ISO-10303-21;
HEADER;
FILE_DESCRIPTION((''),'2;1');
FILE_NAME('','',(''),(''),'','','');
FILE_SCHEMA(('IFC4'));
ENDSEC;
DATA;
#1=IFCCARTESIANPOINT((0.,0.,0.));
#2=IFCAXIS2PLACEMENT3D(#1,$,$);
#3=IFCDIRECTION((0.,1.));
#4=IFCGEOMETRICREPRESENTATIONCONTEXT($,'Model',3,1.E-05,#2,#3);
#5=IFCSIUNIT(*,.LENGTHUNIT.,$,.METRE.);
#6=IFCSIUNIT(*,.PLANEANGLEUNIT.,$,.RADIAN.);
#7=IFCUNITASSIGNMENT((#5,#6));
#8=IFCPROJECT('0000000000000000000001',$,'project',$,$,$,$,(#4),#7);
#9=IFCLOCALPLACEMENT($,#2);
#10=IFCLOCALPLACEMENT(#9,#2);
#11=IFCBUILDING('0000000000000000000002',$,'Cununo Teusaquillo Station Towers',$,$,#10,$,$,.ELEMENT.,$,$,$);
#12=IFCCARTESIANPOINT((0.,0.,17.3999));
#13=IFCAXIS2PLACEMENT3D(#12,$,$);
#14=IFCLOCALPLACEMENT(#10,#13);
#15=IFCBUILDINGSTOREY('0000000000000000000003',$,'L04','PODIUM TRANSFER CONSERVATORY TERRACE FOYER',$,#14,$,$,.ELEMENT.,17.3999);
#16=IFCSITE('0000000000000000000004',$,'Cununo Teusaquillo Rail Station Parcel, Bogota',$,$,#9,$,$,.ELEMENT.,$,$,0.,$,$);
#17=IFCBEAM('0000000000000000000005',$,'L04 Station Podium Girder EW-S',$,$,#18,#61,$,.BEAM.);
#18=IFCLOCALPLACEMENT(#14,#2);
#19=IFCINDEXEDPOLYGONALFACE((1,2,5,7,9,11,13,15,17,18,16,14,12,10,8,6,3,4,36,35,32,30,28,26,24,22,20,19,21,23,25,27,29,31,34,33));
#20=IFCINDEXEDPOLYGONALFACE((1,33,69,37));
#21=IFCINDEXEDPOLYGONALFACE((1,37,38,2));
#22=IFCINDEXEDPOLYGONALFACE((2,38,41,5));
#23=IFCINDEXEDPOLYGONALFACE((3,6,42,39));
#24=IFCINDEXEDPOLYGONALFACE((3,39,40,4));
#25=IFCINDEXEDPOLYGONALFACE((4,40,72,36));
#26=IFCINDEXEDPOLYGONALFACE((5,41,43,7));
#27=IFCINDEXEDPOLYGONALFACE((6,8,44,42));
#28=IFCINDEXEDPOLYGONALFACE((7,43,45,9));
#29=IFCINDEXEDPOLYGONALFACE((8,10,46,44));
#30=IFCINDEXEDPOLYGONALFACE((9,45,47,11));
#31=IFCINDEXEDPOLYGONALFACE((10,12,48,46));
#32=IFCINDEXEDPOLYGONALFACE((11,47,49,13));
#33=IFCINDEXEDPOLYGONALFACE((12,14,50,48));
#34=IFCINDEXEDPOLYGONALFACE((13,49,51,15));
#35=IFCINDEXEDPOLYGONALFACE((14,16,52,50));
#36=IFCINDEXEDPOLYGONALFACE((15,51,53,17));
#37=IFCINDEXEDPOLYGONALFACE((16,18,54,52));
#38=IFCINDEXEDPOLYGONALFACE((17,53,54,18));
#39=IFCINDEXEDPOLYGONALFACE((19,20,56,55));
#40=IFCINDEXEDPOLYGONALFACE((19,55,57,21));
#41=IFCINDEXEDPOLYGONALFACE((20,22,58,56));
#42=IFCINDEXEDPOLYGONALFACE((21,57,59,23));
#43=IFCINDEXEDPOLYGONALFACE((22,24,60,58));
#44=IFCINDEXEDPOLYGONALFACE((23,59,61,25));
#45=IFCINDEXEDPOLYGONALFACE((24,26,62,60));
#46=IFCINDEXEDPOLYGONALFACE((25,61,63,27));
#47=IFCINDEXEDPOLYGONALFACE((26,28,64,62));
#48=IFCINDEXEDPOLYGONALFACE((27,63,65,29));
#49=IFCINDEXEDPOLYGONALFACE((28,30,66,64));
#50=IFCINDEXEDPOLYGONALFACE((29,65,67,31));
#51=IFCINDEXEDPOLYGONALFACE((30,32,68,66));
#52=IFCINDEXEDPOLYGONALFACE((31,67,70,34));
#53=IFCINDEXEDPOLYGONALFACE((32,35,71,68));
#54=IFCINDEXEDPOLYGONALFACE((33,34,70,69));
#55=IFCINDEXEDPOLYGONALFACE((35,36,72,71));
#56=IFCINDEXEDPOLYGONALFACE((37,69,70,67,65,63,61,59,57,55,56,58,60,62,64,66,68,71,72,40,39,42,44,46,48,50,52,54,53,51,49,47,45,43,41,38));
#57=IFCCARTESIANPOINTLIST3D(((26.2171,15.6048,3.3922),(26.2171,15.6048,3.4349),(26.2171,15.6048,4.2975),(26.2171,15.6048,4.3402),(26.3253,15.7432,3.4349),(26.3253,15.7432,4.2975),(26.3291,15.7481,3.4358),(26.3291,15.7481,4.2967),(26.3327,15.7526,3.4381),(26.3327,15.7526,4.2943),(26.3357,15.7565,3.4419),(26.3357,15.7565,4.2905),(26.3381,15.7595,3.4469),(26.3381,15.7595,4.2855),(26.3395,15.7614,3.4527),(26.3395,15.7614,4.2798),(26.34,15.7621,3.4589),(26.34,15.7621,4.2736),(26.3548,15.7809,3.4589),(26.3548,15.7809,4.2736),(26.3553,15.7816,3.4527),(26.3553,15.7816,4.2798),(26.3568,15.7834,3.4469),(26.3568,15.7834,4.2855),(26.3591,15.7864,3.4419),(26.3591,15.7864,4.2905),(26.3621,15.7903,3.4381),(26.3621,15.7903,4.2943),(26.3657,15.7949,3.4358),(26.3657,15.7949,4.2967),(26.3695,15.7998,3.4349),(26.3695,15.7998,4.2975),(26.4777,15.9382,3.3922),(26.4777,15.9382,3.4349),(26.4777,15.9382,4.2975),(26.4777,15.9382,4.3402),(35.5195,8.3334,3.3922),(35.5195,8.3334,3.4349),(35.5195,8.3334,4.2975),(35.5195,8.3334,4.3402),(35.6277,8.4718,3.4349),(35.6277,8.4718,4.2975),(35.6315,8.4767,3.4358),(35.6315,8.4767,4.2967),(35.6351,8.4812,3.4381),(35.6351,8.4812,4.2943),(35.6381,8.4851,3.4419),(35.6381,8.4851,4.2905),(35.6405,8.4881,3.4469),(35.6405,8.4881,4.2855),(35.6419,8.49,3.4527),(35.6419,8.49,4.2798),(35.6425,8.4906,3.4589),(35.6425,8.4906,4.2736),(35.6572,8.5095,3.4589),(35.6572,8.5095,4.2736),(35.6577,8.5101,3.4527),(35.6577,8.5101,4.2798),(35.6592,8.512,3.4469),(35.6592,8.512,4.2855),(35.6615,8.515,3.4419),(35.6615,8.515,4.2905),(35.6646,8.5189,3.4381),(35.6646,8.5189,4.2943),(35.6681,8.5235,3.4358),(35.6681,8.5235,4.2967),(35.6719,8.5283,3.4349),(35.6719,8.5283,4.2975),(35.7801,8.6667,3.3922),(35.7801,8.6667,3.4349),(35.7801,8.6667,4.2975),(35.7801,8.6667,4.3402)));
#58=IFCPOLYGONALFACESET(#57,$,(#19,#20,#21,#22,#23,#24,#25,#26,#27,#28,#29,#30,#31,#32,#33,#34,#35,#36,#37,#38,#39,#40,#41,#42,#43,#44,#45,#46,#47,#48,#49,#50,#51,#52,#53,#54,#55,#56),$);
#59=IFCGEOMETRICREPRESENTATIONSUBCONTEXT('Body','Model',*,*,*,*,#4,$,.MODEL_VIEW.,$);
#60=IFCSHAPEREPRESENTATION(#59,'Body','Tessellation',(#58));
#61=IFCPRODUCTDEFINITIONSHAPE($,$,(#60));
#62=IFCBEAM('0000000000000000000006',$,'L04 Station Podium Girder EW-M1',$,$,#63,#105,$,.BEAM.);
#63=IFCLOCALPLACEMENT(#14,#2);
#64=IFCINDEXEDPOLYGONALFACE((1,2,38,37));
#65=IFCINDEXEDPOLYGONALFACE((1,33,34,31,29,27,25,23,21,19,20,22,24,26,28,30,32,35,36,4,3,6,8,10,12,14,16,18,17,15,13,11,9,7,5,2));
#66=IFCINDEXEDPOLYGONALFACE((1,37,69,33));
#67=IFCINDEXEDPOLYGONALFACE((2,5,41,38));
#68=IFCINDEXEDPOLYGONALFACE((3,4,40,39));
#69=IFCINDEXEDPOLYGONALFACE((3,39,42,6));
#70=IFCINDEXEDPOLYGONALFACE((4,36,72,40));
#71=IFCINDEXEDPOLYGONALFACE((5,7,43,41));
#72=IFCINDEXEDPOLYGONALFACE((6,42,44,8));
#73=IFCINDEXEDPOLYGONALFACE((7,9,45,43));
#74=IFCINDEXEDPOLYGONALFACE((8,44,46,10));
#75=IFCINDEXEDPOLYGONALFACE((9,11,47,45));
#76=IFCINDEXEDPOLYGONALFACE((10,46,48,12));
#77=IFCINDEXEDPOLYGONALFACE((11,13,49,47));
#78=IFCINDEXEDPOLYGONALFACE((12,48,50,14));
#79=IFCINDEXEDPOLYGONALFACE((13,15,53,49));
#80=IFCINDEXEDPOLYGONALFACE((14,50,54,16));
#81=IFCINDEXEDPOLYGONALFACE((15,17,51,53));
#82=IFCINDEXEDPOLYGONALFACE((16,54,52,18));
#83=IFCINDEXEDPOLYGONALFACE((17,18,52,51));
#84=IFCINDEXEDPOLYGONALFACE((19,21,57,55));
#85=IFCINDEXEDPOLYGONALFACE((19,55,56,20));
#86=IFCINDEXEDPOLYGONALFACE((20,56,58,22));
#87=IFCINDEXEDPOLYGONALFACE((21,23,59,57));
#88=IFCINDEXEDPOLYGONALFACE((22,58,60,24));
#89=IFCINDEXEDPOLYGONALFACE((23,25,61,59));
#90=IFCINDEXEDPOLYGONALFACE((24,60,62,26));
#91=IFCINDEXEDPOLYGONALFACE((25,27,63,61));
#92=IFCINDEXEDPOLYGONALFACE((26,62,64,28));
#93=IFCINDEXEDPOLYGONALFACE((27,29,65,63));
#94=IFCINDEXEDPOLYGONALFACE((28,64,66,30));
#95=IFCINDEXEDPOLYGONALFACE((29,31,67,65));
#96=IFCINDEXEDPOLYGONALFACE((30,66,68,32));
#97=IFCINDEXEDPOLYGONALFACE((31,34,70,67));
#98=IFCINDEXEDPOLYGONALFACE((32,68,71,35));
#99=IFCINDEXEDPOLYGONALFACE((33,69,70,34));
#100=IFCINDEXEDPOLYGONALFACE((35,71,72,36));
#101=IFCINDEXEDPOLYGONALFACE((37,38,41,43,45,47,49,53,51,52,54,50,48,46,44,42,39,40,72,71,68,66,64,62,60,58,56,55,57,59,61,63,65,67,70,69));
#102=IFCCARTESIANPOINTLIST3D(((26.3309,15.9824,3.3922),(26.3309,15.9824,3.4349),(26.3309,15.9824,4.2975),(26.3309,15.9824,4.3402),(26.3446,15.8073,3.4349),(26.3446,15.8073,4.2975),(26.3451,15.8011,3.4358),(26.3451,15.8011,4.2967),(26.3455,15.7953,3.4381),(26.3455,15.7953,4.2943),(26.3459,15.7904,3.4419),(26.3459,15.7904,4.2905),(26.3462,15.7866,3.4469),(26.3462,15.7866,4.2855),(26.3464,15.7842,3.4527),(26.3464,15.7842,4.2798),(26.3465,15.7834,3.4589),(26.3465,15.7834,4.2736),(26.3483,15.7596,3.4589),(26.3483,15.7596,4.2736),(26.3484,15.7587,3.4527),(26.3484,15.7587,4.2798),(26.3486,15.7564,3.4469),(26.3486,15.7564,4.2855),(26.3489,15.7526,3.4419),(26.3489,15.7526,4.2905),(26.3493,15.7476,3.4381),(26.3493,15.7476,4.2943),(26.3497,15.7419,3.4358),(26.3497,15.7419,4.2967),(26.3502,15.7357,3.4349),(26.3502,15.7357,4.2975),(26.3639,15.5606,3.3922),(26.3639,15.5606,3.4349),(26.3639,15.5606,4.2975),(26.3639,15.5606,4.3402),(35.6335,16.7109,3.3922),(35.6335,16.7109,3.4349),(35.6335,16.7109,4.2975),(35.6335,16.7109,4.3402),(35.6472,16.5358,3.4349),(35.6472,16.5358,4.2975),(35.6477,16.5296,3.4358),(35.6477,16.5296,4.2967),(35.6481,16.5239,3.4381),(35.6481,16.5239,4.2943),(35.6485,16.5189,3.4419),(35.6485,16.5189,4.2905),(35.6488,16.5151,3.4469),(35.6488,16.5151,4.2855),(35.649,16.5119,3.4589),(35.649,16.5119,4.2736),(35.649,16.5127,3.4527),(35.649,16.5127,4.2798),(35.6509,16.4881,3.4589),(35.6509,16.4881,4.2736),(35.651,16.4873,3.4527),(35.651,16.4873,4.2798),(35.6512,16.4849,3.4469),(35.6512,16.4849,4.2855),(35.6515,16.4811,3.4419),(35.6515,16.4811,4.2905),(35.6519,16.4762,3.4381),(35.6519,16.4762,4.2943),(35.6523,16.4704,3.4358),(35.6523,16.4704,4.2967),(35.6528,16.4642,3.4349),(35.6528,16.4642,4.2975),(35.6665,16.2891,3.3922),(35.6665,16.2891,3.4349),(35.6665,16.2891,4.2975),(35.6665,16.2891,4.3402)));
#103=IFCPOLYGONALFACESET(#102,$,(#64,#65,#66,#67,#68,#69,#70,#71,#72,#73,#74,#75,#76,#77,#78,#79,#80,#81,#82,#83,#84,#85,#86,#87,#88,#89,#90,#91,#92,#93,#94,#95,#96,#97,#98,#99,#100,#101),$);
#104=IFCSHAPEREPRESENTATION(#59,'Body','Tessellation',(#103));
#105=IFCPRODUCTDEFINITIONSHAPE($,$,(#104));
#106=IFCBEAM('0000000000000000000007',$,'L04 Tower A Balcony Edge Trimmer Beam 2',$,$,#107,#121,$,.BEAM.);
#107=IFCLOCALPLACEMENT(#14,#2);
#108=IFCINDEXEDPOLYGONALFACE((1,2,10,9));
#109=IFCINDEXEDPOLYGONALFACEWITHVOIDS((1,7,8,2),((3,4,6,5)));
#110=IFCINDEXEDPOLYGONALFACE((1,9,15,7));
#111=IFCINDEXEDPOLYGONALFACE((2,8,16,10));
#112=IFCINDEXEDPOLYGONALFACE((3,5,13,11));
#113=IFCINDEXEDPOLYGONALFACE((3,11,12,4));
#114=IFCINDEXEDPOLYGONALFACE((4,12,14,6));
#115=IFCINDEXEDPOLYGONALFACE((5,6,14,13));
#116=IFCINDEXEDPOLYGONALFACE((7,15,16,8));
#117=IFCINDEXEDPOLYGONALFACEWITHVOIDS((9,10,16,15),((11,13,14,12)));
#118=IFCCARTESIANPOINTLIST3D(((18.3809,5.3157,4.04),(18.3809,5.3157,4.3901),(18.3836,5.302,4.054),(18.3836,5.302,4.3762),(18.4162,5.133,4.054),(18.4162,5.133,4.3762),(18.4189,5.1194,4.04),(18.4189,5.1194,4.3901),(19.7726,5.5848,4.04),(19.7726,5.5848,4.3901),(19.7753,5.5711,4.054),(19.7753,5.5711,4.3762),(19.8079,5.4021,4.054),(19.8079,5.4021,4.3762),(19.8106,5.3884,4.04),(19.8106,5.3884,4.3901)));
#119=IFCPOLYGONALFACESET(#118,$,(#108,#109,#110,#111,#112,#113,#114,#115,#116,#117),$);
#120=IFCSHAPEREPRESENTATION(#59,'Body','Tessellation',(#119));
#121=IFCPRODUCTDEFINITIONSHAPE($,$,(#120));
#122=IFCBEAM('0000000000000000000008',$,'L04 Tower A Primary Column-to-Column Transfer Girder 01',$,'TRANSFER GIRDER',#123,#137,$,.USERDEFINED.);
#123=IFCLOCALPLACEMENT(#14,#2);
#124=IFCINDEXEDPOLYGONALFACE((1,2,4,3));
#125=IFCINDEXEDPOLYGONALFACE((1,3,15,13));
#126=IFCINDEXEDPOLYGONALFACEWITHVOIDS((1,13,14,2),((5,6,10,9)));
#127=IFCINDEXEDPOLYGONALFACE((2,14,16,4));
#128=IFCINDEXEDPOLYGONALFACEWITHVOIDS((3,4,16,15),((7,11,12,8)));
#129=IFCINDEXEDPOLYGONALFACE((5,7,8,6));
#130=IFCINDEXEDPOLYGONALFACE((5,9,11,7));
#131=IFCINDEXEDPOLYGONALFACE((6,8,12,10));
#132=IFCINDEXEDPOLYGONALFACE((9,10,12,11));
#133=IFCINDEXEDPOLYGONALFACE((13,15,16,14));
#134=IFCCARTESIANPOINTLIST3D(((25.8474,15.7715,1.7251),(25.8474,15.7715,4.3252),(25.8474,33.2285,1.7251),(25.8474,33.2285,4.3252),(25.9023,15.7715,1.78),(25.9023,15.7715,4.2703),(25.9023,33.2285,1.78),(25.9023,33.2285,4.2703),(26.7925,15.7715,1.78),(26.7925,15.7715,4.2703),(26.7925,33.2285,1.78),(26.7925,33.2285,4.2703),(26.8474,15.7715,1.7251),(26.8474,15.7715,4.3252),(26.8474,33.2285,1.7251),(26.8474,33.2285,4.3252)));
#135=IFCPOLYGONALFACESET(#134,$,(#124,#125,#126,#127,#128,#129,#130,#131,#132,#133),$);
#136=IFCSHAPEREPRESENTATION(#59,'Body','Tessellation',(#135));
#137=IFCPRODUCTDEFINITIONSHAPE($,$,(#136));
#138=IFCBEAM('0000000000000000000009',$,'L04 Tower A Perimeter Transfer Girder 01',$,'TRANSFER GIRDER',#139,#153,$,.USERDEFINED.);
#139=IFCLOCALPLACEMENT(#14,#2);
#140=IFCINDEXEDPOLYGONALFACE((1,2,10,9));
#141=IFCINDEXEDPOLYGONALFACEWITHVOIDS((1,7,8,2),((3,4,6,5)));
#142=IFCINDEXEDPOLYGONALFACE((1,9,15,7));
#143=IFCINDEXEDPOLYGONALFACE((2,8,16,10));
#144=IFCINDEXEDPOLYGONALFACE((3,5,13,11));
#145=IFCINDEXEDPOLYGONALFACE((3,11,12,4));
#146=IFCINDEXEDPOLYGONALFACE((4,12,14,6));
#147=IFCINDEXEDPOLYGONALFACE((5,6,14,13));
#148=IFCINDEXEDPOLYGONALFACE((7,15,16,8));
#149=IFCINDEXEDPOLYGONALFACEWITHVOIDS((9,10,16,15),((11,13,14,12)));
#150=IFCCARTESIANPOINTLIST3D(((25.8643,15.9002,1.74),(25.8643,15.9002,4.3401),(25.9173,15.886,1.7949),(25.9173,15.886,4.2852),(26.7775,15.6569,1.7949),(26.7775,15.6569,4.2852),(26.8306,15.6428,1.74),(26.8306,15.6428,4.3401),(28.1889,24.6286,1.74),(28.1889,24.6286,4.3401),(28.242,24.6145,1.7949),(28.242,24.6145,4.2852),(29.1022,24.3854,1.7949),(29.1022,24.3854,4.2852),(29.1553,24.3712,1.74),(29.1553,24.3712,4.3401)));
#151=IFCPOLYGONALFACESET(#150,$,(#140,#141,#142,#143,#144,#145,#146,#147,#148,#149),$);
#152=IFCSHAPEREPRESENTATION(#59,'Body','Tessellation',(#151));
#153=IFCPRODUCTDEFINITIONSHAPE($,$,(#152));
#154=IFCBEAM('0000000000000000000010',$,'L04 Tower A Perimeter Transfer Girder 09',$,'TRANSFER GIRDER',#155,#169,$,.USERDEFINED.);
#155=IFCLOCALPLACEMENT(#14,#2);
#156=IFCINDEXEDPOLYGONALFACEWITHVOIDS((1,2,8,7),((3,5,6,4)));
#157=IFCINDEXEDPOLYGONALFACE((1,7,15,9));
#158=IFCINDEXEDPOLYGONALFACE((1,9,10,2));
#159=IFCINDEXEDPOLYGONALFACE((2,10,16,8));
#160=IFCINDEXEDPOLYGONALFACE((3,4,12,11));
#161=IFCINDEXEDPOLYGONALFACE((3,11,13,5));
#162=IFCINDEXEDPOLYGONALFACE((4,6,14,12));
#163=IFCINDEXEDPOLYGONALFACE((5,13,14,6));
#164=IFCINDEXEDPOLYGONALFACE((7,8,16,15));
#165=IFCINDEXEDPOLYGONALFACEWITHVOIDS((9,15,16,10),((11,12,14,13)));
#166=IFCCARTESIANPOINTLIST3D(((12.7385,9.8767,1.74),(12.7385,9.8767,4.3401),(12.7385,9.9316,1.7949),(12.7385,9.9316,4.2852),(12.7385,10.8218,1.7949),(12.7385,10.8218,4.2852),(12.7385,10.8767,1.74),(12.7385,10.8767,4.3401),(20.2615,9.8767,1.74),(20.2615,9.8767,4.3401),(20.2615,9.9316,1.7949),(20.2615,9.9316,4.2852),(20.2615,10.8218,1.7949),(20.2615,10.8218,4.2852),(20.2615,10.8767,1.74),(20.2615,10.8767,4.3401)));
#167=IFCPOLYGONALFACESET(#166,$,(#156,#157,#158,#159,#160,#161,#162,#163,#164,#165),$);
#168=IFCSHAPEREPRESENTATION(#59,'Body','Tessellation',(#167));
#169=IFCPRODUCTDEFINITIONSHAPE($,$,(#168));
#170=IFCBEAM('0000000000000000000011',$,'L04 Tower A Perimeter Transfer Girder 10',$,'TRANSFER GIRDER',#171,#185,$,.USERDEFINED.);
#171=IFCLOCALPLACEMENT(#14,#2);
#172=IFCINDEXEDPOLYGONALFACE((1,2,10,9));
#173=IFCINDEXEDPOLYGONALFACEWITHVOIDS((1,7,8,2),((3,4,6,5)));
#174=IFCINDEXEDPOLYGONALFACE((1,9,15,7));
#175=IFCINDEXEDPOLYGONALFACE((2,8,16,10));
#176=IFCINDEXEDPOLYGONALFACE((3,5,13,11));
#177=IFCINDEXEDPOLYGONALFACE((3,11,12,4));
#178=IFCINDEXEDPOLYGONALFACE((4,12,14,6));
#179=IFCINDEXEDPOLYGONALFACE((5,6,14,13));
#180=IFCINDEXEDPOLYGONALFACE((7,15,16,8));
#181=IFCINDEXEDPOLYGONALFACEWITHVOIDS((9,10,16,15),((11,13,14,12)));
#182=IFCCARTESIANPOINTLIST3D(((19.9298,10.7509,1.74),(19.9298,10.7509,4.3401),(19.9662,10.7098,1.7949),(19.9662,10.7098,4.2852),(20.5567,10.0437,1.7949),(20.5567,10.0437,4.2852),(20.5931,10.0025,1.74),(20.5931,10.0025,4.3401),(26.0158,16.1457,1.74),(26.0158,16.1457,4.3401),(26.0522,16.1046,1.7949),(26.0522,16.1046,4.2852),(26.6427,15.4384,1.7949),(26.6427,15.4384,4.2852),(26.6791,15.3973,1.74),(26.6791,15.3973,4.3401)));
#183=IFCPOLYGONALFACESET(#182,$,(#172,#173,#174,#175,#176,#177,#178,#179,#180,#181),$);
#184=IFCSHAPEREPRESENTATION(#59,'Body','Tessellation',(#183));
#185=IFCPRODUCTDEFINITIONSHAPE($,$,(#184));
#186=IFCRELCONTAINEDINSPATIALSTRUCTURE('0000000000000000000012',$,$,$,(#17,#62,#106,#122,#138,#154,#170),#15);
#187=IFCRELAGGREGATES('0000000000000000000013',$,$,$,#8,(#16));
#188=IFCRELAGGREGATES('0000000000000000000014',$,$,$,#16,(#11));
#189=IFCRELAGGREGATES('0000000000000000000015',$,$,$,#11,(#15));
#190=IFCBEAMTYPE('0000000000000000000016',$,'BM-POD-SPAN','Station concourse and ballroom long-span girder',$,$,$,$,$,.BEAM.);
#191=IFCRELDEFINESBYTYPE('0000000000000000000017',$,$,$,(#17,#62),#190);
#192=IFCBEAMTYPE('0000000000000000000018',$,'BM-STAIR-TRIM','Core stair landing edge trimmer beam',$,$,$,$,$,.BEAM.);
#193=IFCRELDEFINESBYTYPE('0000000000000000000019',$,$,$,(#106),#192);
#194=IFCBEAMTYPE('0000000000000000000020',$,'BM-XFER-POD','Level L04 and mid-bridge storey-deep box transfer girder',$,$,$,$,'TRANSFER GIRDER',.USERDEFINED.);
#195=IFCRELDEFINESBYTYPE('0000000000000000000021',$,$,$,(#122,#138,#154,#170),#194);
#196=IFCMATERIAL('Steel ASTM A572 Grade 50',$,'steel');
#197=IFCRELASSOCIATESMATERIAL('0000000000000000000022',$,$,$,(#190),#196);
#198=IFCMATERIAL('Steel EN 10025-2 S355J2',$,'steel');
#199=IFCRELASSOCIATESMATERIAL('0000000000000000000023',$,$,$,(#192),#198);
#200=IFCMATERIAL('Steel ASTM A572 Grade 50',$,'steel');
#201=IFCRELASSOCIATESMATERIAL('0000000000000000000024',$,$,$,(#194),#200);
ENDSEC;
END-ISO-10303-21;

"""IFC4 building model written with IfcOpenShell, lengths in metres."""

from ifc_helpers import new_model, si_unit, direction, frame, origin, origin_2d, place, context, subcontext, project, spatial, hollow_rectangle, i_section, extrude, material, material_profile, profile_set, type_object, element, save


model = new_model("IFC4")

# Units and contexts
model_context = context("Model", 3, precision=1e-05, world=origin(), true_north=direction((0.0, 1.0)))
body_context = subcontext(model_context, "Body", "Model", "MODEL_VIEW")
ifc_project = project(units=[si_unit("LENGTHUNIT", "METRE"), si_unit("PLANEANGLEUNIT", "RADIAN")], contexts=[model_context])

# Site, building, storey
site_placement = place(None, origin())
site = spatial("IfcSite", under=ifc_project, at=site_placement, Name="Cununo Teusaquillo Rail Station Parcel, Bogota", CompositionType="ELEMENT", RefElevation=0.0)
building_placement = place(site_placement, origin())
building = spatial("IfcBuilding", under=site, at=building_placement, Name="Cununo Teusaquillo Station Towers", CompositionType="ELEMENT")
storey_placement = place(building_placement, frame((0.0, 0.0, 17.3999)))
storey = spatial("IfcBuildingStorey", under=building, at=storey_placement, Name="L04", Description="PODIUM TRANSFER CONSERVATORY TERRACE FOYER", CompositionType="ELEMENT", Elevation=17.3999)

# Beams
ifc_material_1 = material(Name="Steel ASTM A572 Grade 50", Category="steel")
ifc_material_profile_1 = material_profile(ifc_material_1, i_section(OverallWidth=0.4231, OverallDepth=0.948, WebThickness=0.0239, FlangeThickness=0.0427, FilletRadius=0.0239, at=origin_2d()), Name="W36X302")
ifc_profile_set_1 = profile_set([ifc_material_profile_1], Name="Steel ASTM A572 Grade 50")
beam_type_1 = type_object("IfcBeamType", Name="BM-POD-SPAN", Description="Station concourse and ballroom long-span girder", PredefinedType="BEAM", material=ifc_profile_set_1)
beam_1_placement = place(storey_placement, frame((26.3474, 15.7715, 3.8662), z_axis=(0.787864, -0.61585, 0.0), x_axis=(0.61585, 0.787864, 0.0)))
element("IfcBeam", 1, at=beam_1_placement, inside=storey, type_object=beam_type_1, Name="L04 Station Podium Girder EW-S", PredefinedType="BEAM", context=body_context, shape_type="SweptSolid", body=[
    extrude(i_section(OverallWidth=0.4231, OverallDepth=0.948, WebThickness=0.0239, FlangeThickness=0.0427, FilletRadius=0.0239, at=origin_2d()), origin(), (0.0, 0.0, 1.0), 11.8071),
])
beam_2_placement = place(storey_placement, frame((26.3474, 15.7715, 3.8662), z_axis=(0.996947, 0.078075, 0.0), x_axis=(-0.078075, 0.996947, 0.0)))
element("IfcBeam", 2, at=beam_2_placement, inside=storey, type_object=beam_type_1, Name="L04 Station Podium Girder EW-M1", PredefinedType="BEAM", context=body_context, shape_type="SweptSolid", body=[
    extrude(i_section(OverallWidth=0.4231, OverallDepth=0.948, WebThickness=0.0239, FlangeThickness=0.0427, FilletRadius=0.0239, at=origin_2d()), origin(), (0.0, 0.0, 1.0), 9.3311),
])
ifc_material_2 = material(Name="Steel EN 10025-2 S355J2", Category="steel")
ifc_material_profile_2 = material_profile(ifc_material_2, hollow_rectangle(XDim=0.2, YDim=0.3501, WallThickness=0.0139, at=origin_2d()), Name="RHS 350x200x14")
ifc_profile_set_2 = profile_set([ifc_material_profile_2], Name="Steel EN 10025-2 S355J2")
beam_type_2 = type_object("IfcBeamType", Name="BM-STAIR-TRIM", Description="Core stair landing edge trimmer beam", PredefinedType="BEAM", material=ifc_profile_set_2)
beam_3_placement = place(storey_placement, frame((18.3999, 5.2175, 4.2151), z_axis=(0.981819, 0.189818, 0.0), x_axis=(-0.189818, 0.981819, 0.0)))
element("IfcBeam", 3, at=beam_3_placement, inside=storey, type_object=beam_type_2, Name="L04 Tower A Balcony Edge Trimmer Beam 2", PredefinedType="BEAM", context=body_context, shape_type="SweptSolid", body=[
    extrude(hollow_rectangle(XDim=0.2, YDim=0.3501, WallThickness=0.0139, at=origin_2d()), origin(), (0.0, 0.0, 1.0), 1.4175),
])
ifc_material_3 = material(Name="Steel ASTM A572 Grade 50", Category="steel")
ifc_material_profile_3 = material_profile(ifc_material_3, hollow_rectangle(XDim=1.0, YDim=2.6001, WallThickness=0.0549, at=origin_2d()), Name="BOX 2600x1000x55")
ifc_profile_set_3 = profile_set([ifc_material_profile_3], Name="Steel ASTM A572 Grade 50")
beam_type_3 = type_object("IfcBeamType", Name="BM-XFER-POD", Description="Level L04 and mid-bridge storey-deep box transfer girder", ElementType="TRANSFER GIRDER", PredefinedType="USERDEFINED", material=ifc_profile_set_3)
beam_4_placement = place(storey_placement, frame((26.3474, 15.7715, 3.0251), z_axis=(0.0, 1.0, 0.0), x_axis=(-1.0, 0.0, 0.0)))
element("IfcBeam", 4, at=beam_4_placement, inside=storey, type_object=beam_type_3, Name="L04 Tower A Primary Column-to-Column Transfer Girder 01", ObjectType="TRANSFER GIRDER", PredefinedType="USERDEFINED", context=body_context, shape_type="SweptSolid", body=[
    extrude(hollow_rectangle(XDim=1.0, YDim=2.6001, WallThickness=0.0549, at=origin_2d()), origin(), (0.0, 0.0, 1.0), 17.457),
])
beam_5_placement = place(storey_placement, frame((26.3474, 15.7715, 3.04), z_axis=(0.257363, 0.966315, 0.0), x_axis=(-0.966315, 0.257363, 0.0)))
element("IfcBeam", 5, at=beam_5_placement, inside=storey, type_object=beam_type_3, Name="L04 Tower A Perimeter Transfer Girder 01", ObjectType="TRANSFER GIRDER", PredefinedType="USERDEFINED", context=body_context, shape_type="SweptSolid", body=[
    extrude(hollow_rectangle(XDim=1.0, YDim=2.6001, WallThickness=0.0549, at=origin_2d()), origin(), (0.0, 0.0, 1.0), 9.0327),
])
beam_6_placement = place(storey_placement, frame((12.7385, 10.3767, 3.04), z_axis=(1.0, 0.0, 0.0), x_axis=(0.0, 1.0, 0.0)))
element("IfcBeam", 6, at=beam_6_placement, inside=storey, type_object=beam_type_3, Name="L04 Tower A Perimeter Transfer Girder 09", ObjectType="TRANSFER GIRDER", PredefinedType="USERDEFINED", context=body_context, shape_type="SweptSolid", body=[
    extrude(hollow_rectangle(XDim=1.0, YDim=2.6001, WallThickness=0.0549, at=origin_2d()), origin(), (0.0, 0.0, 1.0), 7.5229),
])
beam_7_placement = place(storey_placement, frame((20.2615, 10.3767, 3.04), z_axis=(0.748321, 0.663337, 0.0), x_axis=(-0.663337, 0.748321, 0.0)))
element("IfcBeam", 7, at=beam_7_placement, inside=storey, type_object=beam_type_3, Name="L04 Tower A Perimeter Transfer Girder 10", ObjectType="TRANSFER GIRDER", PredefinedType="USERDEFINED", context=body_context, shape_type="SweptSolid", body=[
    extrude(hollow_rectangle(XDim=1.0, YDim=2.6001, WallThickness=0.0549, at=origin_2d()), origin(), (0.0, 0.0, 1.0), 8.1328),
])

save(model, "model.ifc")
